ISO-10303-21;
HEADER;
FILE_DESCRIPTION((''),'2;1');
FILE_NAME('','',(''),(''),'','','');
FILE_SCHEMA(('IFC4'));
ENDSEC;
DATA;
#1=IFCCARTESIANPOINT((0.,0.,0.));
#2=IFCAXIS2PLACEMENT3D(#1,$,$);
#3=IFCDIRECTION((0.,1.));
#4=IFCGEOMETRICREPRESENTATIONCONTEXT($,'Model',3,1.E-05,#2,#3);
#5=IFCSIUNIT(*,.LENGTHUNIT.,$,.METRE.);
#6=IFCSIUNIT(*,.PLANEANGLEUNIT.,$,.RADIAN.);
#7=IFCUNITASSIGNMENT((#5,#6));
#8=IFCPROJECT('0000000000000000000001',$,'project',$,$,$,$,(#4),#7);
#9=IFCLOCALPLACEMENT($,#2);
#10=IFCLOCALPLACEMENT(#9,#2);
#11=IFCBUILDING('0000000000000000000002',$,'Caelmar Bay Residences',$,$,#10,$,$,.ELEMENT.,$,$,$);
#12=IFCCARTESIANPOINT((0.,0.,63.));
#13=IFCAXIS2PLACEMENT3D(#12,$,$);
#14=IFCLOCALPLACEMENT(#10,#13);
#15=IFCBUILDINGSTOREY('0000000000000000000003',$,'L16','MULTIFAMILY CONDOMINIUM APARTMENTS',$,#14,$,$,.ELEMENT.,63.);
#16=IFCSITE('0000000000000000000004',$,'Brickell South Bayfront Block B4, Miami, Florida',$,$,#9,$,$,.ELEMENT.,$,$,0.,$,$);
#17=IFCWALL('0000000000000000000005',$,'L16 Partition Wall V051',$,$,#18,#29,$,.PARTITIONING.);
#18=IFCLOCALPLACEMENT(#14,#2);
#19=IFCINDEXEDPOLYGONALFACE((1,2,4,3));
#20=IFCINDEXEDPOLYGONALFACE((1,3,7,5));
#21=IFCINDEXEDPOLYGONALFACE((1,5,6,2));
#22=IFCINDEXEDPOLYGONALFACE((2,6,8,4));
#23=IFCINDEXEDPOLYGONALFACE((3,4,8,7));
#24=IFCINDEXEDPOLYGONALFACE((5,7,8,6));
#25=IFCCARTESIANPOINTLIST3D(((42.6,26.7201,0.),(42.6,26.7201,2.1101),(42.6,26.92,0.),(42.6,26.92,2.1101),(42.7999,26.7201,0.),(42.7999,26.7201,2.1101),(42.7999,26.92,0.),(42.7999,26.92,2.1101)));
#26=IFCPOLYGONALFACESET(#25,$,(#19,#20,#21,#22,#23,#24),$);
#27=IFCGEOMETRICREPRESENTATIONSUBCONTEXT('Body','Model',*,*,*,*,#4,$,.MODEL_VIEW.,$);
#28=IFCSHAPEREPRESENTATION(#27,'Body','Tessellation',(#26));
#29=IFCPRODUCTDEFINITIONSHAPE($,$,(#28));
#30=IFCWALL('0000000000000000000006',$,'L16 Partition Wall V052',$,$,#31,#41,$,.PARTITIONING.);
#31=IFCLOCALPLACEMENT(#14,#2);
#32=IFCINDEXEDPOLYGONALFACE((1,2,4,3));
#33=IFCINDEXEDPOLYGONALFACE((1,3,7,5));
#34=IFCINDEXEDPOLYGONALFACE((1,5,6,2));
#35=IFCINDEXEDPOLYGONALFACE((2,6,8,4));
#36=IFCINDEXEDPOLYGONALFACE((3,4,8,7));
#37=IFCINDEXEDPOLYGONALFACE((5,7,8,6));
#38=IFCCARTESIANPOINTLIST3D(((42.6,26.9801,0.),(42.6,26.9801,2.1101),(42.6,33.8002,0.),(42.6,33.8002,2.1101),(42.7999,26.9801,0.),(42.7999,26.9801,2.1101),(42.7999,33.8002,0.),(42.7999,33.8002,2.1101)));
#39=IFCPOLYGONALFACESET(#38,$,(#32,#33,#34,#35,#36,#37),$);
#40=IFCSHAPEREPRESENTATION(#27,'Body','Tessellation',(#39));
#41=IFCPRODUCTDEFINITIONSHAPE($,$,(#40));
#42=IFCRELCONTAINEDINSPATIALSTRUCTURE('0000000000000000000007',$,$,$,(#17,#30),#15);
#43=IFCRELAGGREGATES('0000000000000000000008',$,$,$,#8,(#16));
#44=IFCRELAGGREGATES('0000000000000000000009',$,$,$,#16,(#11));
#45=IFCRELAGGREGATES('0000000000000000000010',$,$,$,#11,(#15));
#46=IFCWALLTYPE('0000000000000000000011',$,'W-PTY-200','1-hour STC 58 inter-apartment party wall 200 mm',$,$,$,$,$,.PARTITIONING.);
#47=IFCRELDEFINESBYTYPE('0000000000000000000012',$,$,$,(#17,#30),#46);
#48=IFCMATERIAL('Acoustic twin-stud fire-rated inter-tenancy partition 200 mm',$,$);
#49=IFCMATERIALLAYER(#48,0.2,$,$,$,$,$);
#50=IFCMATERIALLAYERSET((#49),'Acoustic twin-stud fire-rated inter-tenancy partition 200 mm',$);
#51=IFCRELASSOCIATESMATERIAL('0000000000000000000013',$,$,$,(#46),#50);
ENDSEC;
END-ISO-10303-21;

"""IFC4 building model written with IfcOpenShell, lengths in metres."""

from ifc_helpers import new_model, si_unit, direction, frame, frame_2d, origin, place, context, subcontext, project, spatial, rectangle, extrude, material, layer, layer_set, type_object, element, save


model = new_model("IFC4")

# Units and contexts
model_context = context("Model", 3, precision=1e-05, world=origin(), true_north=direction((0.0, 1.0)))
body_context = subcontext(model_context, "Body", "Model", "MODEL_VIEW")
ifc_project = project(units=[si_unit("LENGTHUNIT", "METRE"), si_unit("PLANEANGLEUNIT", "RADIAN")], contexts=[model_context])

# Site, building, storey
site_placement = place(None, origin())
site = spatial("IfcSite", under=ifc_project, at=site_placement, Name="Brickell South Bayfront Block B4, Miami, Florida", CompositionType="ELEMENT", RefElevation=0.0)
building_placement = place(site_placement, origin())
building = spatial("IfcBuilding", under=site, at=building_placement, Name="Caelmar Bay Residences", CompositionType="ELEMENT")
storey_placement = place(building_placement, frame((0.0, 0.0, 63.0)))
storey = spatial("IfcBuildingStorey", under=building, at=storey_placement, Name="L16", Description="MULTIFAMILY CONDOMINIUM APARTMENTS", CompositionType="ELEMENT", Elevation=63.0)

# Walls
ifc_material_1 = material(Name="Acoustic twin-stud fire-rated inter-tenancy partition 200 mm")
ifc_layer_1 = layer(ifc_material_1, 0.2)
ifc_layer_set_1 = layer_set([ifc_layer_1], Name="Acoustic twin-stud fire-rated inter-tenancy partition 200 mm")
wall_type_1 = type_object("IfcWallType", Name="W-PTY-200", Description="1-hour STC 58 inter-apartment party wall 200 mm", PredefinedType="PARTITIONING", material=ifc_layer_set_1)
wall_1_placement = place(storey_placement, frame((42.7, 26.72, 0.0), z_axis=(0.0, 0.0, 1.0), x_axis=(0.0, 1.0, 0.0)))
element("IfcWall", 1, at=wall_1_placement, inside=storey, type_object=wall_type_1, Name="L16 Partition Wall V051", PredefinedType="PARTITIONING", context=body_context, shape_type="SweptSolid", body=[
    extrude(rectangle(XDim=0.2, YDim=0.2, at=frame_2d((0.1001, 0.0))), origin(), (0.0, 0.0, 1.0), 2.1101),
])
wall_2_placement = place(storey_placement, frame((42.7, 26.98, 0.0), z_axis=(0.0, 0.0, 1.0), x_axis=(0.0, 1.0, 0.0)))
element("IfcWall", 2, at=wall_2_placement, inside=storey, type_object=wall_type_1, Name="L16 Partition Wall V052", PredefinedType="PARTITIONING", context=body_context, shape_type="SweptSolid", body=[
    extrude(rectangle(XDim=6.8201, YDim=0.2, at=frame_2d((3.4102, 0.0))), origin(), (0.0, 0.0, 1.0), 2.1101),
])

save(model, "model.ifc")
